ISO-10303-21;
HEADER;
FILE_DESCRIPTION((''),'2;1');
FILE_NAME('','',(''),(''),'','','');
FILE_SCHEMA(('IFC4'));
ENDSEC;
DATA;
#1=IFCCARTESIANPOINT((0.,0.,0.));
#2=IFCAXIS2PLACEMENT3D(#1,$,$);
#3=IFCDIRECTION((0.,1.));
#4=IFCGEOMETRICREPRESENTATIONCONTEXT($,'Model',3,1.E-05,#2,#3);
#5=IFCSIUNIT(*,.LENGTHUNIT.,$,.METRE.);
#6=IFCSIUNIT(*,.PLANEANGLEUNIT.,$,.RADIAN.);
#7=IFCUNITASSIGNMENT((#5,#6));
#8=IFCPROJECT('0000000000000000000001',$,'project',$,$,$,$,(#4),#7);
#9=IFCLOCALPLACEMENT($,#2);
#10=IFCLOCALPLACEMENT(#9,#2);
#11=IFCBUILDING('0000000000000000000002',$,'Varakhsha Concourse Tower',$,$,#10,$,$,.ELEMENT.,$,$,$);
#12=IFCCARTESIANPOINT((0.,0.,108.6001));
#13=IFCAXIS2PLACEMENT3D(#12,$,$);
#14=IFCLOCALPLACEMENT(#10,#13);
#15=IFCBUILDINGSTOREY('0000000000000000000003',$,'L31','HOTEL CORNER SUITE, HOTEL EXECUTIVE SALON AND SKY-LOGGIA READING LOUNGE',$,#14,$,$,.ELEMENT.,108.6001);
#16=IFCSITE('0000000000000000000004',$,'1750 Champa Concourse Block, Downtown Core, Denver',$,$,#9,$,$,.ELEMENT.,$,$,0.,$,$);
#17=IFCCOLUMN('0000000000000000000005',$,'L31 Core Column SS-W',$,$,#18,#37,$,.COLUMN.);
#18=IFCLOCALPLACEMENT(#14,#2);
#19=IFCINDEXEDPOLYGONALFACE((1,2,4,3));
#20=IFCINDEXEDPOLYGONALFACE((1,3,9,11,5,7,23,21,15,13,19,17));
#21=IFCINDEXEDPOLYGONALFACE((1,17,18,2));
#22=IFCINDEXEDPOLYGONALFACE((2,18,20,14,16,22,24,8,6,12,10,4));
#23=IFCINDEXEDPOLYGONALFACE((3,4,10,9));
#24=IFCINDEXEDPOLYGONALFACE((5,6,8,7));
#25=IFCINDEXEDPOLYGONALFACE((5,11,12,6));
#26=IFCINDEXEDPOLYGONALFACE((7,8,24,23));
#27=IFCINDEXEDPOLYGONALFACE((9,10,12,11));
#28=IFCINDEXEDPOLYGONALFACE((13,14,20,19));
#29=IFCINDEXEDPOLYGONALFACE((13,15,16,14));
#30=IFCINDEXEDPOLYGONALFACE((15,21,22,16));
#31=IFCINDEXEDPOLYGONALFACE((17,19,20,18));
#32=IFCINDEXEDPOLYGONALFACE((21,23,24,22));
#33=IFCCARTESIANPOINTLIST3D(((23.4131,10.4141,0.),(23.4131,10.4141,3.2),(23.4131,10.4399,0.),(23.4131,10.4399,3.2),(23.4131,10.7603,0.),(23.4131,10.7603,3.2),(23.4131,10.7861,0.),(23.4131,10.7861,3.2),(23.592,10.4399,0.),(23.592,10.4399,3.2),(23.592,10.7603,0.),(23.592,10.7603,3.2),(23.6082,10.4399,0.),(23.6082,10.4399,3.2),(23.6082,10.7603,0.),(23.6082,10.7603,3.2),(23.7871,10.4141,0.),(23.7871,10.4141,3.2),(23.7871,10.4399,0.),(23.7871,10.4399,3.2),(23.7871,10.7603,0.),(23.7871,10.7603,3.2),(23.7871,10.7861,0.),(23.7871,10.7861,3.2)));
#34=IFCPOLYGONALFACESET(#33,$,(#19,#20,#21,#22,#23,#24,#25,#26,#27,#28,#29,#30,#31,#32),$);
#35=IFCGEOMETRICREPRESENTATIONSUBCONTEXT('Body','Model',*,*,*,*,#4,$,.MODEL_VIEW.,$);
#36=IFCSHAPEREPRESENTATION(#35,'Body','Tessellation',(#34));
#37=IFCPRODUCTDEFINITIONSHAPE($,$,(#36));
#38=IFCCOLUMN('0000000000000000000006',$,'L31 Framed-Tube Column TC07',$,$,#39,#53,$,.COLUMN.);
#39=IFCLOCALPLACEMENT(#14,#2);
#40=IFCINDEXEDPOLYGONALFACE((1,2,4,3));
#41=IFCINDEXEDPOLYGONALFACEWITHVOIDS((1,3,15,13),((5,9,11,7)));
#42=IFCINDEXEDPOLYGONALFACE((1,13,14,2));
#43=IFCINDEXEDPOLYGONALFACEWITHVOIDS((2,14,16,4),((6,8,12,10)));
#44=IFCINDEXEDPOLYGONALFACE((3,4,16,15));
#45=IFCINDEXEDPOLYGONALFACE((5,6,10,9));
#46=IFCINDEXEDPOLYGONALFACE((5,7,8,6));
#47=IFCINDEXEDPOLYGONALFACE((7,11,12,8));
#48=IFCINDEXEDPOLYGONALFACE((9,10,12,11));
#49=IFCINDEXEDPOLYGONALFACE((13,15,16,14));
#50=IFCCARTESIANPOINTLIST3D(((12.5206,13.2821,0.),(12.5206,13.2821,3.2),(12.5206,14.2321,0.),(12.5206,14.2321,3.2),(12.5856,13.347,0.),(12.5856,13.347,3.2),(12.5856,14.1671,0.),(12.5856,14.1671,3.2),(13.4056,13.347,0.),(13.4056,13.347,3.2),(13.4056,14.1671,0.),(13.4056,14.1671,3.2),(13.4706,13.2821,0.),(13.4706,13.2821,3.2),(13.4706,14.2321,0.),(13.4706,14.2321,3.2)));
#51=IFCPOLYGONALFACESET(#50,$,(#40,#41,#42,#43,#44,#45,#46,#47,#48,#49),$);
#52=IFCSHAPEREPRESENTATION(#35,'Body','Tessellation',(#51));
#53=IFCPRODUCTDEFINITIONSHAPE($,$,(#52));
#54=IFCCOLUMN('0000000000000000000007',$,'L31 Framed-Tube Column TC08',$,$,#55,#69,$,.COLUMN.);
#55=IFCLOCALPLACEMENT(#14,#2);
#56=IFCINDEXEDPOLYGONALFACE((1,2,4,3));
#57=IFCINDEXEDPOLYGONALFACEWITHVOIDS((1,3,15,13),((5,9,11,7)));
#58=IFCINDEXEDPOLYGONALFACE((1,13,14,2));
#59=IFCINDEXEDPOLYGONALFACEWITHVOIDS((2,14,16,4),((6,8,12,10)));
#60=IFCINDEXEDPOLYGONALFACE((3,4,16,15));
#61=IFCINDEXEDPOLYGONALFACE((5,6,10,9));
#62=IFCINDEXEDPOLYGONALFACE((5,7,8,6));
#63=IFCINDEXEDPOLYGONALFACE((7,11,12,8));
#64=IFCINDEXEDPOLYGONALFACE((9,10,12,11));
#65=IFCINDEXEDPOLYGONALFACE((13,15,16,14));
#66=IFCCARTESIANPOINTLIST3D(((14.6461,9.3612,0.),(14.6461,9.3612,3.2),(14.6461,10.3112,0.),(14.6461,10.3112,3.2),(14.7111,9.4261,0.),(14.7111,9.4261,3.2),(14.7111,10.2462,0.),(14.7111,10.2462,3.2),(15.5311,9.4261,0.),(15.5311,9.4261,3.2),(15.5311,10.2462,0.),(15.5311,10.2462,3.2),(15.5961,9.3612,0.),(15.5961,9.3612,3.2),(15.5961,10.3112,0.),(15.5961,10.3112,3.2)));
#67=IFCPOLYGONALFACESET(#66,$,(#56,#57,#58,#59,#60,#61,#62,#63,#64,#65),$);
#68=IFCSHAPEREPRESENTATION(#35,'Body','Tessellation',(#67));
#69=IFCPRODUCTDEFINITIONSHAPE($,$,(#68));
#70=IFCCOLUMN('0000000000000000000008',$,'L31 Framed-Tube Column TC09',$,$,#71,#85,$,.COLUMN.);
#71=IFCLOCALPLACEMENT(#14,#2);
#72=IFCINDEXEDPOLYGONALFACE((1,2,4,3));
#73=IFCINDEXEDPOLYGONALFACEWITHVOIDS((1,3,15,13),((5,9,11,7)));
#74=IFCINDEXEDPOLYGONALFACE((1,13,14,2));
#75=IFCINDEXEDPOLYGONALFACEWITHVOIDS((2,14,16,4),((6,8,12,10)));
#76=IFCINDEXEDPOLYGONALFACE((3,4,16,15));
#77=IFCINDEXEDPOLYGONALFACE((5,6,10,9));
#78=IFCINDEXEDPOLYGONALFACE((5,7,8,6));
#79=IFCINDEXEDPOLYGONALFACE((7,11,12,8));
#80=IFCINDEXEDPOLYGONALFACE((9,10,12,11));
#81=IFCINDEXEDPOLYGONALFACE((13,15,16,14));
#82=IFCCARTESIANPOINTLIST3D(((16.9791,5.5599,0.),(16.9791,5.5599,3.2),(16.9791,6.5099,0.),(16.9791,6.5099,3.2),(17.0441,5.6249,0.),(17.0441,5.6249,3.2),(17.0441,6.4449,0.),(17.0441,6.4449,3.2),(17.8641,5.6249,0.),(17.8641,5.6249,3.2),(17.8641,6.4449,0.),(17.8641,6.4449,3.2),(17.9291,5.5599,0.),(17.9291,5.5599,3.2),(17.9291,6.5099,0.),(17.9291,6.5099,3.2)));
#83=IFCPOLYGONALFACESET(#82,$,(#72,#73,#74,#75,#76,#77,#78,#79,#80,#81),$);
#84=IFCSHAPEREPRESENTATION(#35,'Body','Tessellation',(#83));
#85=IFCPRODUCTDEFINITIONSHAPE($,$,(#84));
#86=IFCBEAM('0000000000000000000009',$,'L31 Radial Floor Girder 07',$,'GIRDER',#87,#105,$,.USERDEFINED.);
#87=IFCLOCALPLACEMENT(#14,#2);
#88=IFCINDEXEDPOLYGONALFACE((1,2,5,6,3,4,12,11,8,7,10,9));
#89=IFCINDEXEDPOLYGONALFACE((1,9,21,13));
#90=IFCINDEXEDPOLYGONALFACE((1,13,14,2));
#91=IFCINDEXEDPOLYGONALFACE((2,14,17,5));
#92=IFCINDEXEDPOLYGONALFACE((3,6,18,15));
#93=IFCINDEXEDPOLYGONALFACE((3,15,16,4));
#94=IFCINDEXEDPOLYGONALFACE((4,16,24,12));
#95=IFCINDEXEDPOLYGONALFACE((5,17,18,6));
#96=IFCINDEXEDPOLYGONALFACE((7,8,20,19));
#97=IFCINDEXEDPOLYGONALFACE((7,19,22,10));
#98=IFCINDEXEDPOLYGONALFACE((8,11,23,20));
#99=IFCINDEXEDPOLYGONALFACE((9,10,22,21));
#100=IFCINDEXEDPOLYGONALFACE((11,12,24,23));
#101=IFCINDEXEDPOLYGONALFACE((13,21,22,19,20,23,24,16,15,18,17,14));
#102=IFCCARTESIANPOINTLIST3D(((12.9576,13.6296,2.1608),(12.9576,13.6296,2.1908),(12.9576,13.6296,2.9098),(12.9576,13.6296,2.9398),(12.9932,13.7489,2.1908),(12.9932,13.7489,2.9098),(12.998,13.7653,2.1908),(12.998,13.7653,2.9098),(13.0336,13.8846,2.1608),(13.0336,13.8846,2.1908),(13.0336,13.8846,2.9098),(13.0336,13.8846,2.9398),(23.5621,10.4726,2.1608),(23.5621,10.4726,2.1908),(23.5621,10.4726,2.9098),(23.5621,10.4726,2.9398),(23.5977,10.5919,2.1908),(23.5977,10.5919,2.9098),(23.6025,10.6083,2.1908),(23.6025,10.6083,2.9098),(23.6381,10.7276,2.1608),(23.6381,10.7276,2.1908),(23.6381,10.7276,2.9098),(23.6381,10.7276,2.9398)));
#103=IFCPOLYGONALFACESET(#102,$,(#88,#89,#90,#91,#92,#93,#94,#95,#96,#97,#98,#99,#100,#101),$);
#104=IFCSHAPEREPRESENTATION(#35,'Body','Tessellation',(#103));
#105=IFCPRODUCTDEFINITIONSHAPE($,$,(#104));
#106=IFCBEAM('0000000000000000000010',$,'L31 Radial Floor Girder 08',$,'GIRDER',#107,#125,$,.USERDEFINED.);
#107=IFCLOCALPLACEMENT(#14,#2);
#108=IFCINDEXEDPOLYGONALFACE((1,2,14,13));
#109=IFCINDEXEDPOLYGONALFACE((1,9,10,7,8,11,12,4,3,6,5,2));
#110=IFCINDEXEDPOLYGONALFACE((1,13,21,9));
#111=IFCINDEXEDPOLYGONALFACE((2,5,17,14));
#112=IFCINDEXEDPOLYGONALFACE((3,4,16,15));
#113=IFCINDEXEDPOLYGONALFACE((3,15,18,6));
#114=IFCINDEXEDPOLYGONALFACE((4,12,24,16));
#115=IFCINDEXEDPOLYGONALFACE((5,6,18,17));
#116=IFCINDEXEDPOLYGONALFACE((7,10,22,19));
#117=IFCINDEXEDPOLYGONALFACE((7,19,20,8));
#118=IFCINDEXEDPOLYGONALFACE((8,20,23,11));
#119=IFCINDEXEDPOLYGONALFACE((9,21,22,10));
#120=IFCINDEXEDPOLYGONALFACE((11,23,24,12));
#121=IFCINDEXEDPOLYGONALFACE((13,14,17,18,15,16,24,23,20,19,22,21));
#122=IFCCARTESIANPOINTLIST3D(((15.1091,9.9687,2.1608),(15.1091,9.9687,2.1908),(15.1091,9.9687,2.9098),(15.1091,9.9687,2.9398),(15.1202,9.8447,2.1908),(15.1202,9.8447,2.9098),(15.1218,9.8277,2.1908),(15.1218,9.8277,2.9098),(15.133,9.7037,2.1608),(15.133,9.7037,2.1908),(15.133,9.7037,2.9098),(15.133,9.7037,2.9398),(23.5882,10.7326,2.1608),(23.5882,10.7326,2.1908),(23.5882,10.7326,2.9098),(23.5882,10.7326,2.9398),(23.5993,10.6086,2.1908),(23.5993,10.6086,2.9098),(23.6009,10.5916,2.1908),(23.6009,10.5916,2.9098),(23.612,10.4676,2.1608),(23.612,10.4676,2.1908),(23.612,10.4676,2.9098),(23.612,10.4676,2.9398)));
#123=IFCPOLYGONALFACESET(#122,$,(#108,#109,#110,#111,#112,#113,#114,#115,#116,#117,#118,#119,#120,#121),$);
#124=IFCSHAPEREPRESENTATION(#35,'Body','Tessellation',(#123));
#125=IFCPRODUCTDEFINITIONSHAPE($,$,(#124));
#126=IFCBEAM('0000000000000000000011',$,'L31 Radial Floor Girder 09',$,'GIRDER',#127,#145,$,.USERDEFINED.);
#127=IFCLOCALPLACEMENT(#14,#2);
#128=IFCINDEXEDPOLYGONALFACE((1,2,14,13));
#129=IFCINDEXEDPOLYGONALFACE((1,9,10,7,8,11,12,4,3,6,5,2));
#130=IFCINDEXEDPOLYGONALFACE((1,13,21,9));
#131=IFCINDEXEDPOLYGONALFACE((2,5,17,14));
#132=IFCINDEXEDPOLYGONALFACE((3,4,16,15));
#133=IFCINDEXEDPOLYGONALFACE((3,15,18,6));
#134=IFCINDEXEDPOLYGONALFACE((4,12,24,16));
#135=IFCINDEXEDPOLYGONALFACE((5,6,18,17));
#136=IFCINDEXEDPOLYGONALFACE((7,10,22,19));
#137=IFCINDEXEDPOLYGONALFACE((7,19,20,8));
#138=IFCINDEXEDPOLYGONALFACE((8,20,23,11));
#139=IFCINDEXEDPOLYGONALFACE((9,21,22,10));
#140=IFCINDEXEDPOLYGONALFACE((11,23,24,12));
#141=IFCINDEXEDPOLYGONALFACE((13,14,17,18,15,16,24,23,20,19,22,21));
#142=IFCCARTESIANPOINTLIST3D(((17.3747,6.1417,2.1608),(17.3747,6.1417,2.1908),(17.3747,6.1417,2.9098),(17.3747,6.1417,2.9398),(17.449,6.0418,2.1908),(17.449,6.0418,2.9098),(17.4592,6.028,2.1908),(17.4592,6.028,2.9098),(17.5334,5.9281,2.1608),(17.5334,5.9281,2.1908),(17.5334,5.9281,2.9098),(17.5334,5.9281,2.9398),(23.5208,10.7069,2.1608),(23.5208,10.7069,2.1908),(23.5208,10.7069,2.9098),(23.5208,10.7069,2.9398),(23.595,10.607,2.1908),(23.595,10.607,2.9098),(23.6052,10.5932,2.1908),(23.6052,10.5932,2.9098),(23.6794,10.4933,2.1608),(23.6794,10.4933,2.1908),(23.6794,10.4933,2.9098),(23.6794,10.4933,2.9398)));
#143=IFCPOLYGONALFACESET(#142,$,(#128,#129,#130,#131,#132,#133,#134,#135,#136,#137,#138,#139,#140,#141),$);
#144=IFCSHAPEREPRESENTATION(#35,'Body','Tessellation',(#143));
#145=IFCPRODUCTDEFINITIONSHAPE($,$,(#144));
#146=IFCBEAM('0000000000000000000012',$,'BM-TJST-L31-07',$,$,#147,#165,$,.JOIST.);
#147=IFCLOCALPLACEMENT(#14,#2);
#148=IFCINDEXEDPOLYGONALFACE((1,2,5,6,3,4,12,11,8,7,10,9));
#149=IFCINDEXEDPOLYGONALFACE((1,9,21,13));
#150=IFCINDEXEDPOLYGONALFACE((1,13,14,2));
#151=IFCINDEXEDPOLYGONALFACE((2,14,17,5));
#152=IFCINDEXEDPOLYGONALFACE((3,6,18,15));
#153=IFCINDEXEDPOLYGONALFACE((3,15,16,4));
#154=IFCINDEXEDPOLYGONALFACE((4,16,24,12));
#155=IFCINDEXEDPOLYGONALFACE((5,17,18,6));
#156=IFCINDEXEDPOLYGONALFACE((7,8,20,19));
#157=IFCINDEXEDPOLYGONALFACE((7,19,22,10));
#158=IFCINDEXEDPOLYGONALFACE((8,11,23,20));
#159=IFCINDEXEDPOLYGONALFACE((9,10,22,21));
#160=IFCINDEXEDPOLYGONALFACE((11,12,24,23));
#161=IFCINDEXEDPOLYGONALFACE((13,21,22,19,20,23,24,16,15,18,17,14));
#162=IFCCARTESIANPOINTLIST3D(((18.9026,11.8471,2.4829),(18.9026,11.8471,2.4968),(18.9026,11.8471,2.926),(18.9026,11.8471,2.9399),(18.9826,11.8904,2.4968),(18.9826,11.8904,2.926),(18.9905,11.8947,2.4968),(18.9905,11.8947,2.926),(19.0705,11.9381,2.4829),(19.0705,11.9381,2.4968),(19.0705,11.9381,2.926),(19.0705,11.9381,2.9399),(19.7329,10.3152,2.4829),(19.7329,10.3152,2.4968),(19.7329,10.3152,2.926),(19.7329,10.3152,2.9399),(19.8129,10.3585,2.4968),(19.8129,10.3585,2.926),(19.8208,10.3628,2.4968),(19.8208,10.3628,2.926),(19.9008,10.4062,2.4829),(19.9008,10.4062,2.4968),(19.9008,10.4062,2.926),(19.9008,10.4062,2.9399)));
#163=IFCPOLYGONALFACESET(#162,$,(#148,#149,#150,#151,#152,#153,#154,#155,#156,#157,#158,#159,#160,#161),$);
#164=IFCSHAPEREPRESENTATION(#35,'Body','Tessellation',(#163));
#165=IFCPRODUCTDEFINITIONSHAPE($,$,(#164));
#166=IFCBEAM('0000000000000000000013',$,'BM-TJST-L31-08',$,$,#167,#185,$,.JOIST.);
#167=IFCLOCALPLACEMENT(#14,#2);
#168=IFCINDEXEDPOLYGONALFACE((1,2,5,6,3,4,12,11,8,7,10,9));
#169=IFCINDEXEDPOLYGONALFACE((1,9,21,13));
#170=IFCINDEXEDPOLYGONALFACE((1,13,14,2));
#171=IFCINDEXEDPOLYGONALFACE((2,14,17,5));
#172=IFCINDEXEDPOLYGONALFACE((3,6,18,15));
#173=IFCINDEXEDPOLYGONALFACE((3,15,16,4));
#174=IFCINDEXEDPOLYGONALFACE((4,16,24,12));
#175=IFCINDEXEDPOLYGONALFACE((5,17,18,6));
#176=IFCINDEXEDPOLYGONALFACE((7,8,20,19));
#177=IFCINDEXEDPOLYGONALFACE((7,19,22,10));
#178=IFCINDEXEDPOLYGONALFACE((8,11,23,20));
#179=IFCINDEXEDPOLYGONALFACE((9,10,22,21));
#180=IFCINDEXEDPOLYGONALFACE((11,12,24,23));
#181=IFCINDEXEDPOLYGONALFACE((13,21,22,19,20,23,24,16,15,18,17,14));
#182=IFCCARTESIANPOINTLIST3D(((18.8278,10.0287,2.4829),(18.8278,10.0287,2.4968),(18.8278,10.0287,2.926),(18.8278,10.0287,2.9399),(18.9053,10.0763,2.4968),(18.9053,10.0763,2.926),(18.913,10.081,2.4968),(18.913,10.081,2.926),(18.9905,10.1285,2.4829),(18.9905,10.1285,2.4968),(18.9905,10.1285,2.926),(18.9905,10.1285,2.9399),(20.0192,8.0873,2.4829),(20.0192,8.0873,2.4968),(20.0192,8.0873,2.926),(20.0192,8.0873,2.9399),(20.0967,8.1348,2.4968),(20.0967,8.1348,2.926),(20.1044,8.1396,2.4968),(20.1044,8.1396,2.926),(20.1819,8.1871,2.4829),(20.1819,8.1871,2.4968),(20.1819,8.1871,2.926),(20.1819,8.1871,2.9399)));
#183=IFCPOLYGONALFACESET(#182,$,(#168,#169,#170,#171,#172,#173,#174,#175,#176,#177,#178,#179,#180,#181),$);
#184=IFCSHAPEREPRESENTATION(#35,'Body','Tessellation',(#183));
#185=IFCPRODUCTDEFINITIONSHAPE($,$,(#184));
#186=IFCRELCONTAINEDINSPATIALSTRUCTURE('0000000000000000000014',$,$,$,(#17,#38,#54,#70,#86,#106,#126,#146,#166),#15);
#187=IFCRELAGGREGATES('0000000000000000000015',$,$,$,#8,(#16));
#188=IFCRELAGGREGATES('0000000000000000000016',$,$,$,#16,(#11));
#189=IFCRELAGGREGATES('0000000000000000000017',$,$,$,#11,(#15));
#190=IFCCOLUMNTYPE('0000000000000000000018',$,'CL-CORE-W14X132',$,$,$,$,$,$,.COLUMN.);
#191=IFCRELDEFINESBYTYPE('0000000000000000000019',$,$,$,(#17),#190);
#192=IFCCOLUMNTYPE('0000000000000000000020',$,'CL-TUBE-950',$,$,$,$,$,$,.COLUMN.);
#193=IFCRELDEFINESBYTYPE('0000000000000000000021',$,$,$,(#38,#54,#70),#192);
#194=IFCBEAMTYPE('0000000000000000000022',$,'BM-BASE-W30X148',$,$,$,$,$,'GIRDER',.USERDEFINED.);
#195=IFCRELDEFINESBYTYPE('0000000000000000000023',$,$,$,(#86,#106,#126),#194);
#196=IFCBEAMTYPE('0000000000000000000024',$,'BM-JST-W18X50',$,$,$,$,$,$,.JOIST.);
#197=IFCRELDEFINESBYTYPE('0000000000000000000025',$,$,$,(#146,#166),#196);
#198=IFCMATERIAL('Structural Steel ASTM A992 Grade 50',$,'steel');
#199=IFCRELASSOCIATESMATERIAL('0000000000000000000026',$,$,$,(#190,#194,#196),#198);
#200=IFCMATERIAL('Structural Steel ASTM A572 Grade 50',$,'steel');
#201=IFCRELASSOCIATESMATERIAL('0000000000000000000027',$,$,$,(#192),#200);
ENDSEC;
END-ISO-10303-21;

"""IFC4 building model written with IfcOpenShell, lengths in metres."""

from ifc_helpers import new_model, si_unit, direction, frame, origin, origin_2d, place, context, subcontext, project, spatial, hollow_rectangle, i_section, extrude, material, material_profile, profile_set, type_object, element, save


model = new_model("IFC4")

# Units and contexts
model_context = context("Model", 3, precision=1e-05, world=origin(), true_north=direction((0.0, 1.0)))
body_context = subcontext(model_context, "Body", "Model", "MODEL_VIEW")
ifc_project = project(units=[si_unit("LENGTHUNIT", "METRE"), si_unit("PLANEANGLEUNIT", "RADIAN")], contexts=[model_context])

# Site, building, storey
site_placement = place(None, origin())
site = spatial("IfcSite", under=ifc_project, at=site_placement, Name="1750 Champa Concourse Block, Downtown Core, Denver", CompositionType="ELEMENT", RefElevation=0.0)
building_placement = place(site_placement, origin())
building = spatial("IfcBuilding", under=site, at=building_placement, Name="Varakhsha Concourse Tower", CompositionType="ELEMENT")
storey_placement = place(building_placement, frame((0.0, 0.0, 108.6001)))
storey = spatial("IfcBuildingStorey", under=building, at=storey_placement, Name="L31", Description="HOTEL CORNER SUITE, HOTEL EXECUTIVE SALON AND SKY-LOGGIA READING LOUNGE", CompositionType="ELEMENT", Elevation=108.6001)

# Columns
ifc_material_1 = material(Name="Structural Steel ASTM A992 Grade 50", Category="steel")
ifc_material_profile_1 = material_profile(ifc_material_1, i_section(OverallWidth=0.374, OverallDepth=0.3721, WebThickness=0.0161, FlangeThickness=0.0259, at=origin_2d()), Name="W14X132")
ifc_profile_set_1 = profile_set([ifc_material_profile_1], Name="Structural Steel ASTM A992 Grade 50")
column_type_1 = type_object("IfcColumnType", Name="CL-CORE-W14X132", PredefinedType="COLUMN", material=ifc_profile_set_1)
column_placement = place(storey_placement, frame((23.6001, 10.6001, 0.0), z_axis=(0.0, 0.0, 1.0), x_axis=(1.0, 0.0, 0.0)))
element("IfcColumn", 1, at=column_placement, inside=storey, type_object=column_type_1, Name="L31 Core Column SS-W", PredefinedType="COLUMN", context=body_context, shape_type="SweptSolid", body=[
    extrude(i_section(OverallWidth=0.374, OverallDepth=0.3721, WebThickness=0.0161, FlangeThickness=0.0259, at=origin_2d()), origin(), (0.0, 0.0, 1.0), 3.2),
])
ifc_material_2 = material(Name="Structural Steel ASTM A572 Grade 50", Category="steel")
ifc_material_profile_2 = material_profile(ifc_material_2, hollow_rectangle(XDim=0.95, YDim=0.95, WallThickness=0.0649, at=origin_2d()), Name="BOX 950x950x65")
ifc_profile_set_2 = profile_set([ifc_material_profile_2], Name="Structural Steel ASTM A572 Grade 50")
column_type_2 = type_object("IfcColumnType", Name="CL-TUBE-950", PredefinedType="COLUMN", material=ifc_profile_set_2)
for number, where, z_axis, x_axis, name in (
    (2, (12.9956, 13.7571, 0.0), (0.0, 0.0, 1.0), (1.0, 0.0, 0.0), "L31 Framed-Tube Column TC07"),
    (3, (15.1211, 9.8362, 0.0), (0.0, 0.0, 1.0), (1.0, 0.0, 0.0), "L31 Framed-Tube Column TC08"),
    (4, (17.4541, 6.0349, 0.0), (0.0, 0.0, 1.0), (1.0, 0.0, 0.0), "L31 Framed-Tube Column TC09"),
):
    element("IfcColumn", number, at=place(storey_placement, frame(where, z_axis=z_axis, x_axis=x_axis)), inside=storey, type_object=column_type_2, Name=name, PredefinedType="COLUMN", context=body_context, shape_type="SweptSolid", body=[
        extrude(hollow_rectangle(XDim=0.95, YDim=0.95, WallThickness=0.0649, at=origin_2d()), origin(), (0.0, 0.0, 1.0), 3.2),
    ])

# Beams
ifc_material_profile_3 = material_profile(ifc_material_1, i_section(OverallWidth=0.2661, OverallDepth=0.7791, WebThickness=0.0171, FlangeThickness=0.03, at=origin_2d()), Name="W30X148")
ifc_profile_set_3 = profile_set([ifc_material_profile_3], Name="Structural Steel ASTM A992 Grade 50")
beam_type_1 = type_object("IfcBeamType", Name="BM-BASE-W30X148", ElementType="GIRDER", PredefinedType="USERDEFINED", material=ifc_profile_set_3)
beam_1_placement = place(storey_placement, frame((23.6001, 10.6001, 2.5503), z_axis=(-0.95843, 0.285327, 0.0), x_axis=(-0.285327, -0.95843, 0.0)))
element("IfcBeam", 5, at=beam_1_placement, inside=storey, type_object=beam_type_1, Name="L31 Radial Floor Girder 07", ObjectType="GIRDER", PredefinedType="USERDEFINED", context=body_context, shape_type="SweptSolid", body=[
    extrude(i_section(OverallWidth=0.2661, OverallDepth=0.7791, WebThickness=0.0171, FlangeThickness=0.03, at=origin_2d()), origin(), (0.0, 0.0, 1.0), 11.0645),
])
beam_2_placement = place(storey_placement, frame((23.6001, 10.6001, 2.5503), z_axis=(-0.995966, -0.089732, 0.0), x_axis=(0.089732, -0.995966, 0.0)))
element("IfcBeam", 6, at=beam_2_placement, inside=storey, type_object=beam_type_1, Name="L31 Radial Floor Girder 08", ObjectType="GIRDER", PredefinedType="USERDEFINED", context=body_context, shape_type="SweptSolid", body=[
    extrude(i_section(OverallWidth=0.2661, OverallDepth=0.7791, WebThickness=0.0171, FlangeThickness=0.03, at=origin_2d()), origin(), (0.0, 0.0, 1.0), 8.5134),
])
beam_3_placement = place(storey_placement, frame((23.6001, 10.6001, 2.5503), z_axis=(-0.80277, -0.596289, 0.0), x_axis=(0.596289, -0.80277, 0.0)))
element("IfcBeam", 7, at=beam_3_placement, inside=storey, type_object=beam_type_1, Name="L31 Radial Floor Girder 09", ObjectType="GIRDER", PredefinedType="USERDEFINED", context=body_context, shape_type="SweptSolid", body=[
    extrude(i_section(OverallWidth=0.2661, OverallDepth=0.7791, WebThickness=0.0171, FlangeThickness=0.03, at=origin_2d()), origin(), (0.0, 0.0, 1.0), 7.656),
])
ifc_material_profile_4 = material_profile(ifc_material_1, i_section(OverallWidth=0.1909, OverallDepth=0.457, WebThickness=0.009, FlangeThickness=0.0139, at=origin_2d()), Name="W18X50")
ifc_profile_set_4 = profile_set([ifc_material_profile_4], Name="Structural Steel ASTM A992 Grade 50")
beam_type_2 = type_object("IfcBeamType", Name="BM-JST-W18X50", PredefinedType="JOIST", material=ifc_profile_set_4)
beam_4_placement = place(storey_placement, frame((18.9866, 11.8926, 2.7114), z_axis=(0.476504, -0.879172, 0.0), x_axis=(0.879172, 0.476504, 0.0)))
element("IfcBeam", 8, at=beam_4_placement, inside=storey, type_object=beam_type_2, Name="BM-TJST-L31-07", PredefinedType="JOIST", context=body_context, shape_type="SweptSolid", body=[
    extrude(i_section(OverallWidth=0.1909, OverallDepth=0.457, WebThickness=0.009, FlangeThickness=0.0139, at=origin_2d()), origin(), (0.0, 0.0, 1.0), 1.7424),
])
beam_5_placement = place(storey_placement, frame((18.9092, 10.0786, 2.7114), z_axis=(0.523045, -0.852305, 0.0), x_axis=(0.852305, 0.523045, 0.0)))
element("IfcBeam", 9, at=beam_5_placement, inside=storey, type_object=beam_type_2, Name="BM-TJST-L31-08", PredefinedType="JOIST", context=body_context, shape_type="SweptSolid", body=[
    extrude(i_section(OverallWidth=0.1909, OverallDepth=0.457, WebThickness=0.009, FlangeThickness=0.0139, at=origin_2d()), origin(), (0.0, 0.0, 1.0), 2.2778),
])

save(model, "model.ifc")
